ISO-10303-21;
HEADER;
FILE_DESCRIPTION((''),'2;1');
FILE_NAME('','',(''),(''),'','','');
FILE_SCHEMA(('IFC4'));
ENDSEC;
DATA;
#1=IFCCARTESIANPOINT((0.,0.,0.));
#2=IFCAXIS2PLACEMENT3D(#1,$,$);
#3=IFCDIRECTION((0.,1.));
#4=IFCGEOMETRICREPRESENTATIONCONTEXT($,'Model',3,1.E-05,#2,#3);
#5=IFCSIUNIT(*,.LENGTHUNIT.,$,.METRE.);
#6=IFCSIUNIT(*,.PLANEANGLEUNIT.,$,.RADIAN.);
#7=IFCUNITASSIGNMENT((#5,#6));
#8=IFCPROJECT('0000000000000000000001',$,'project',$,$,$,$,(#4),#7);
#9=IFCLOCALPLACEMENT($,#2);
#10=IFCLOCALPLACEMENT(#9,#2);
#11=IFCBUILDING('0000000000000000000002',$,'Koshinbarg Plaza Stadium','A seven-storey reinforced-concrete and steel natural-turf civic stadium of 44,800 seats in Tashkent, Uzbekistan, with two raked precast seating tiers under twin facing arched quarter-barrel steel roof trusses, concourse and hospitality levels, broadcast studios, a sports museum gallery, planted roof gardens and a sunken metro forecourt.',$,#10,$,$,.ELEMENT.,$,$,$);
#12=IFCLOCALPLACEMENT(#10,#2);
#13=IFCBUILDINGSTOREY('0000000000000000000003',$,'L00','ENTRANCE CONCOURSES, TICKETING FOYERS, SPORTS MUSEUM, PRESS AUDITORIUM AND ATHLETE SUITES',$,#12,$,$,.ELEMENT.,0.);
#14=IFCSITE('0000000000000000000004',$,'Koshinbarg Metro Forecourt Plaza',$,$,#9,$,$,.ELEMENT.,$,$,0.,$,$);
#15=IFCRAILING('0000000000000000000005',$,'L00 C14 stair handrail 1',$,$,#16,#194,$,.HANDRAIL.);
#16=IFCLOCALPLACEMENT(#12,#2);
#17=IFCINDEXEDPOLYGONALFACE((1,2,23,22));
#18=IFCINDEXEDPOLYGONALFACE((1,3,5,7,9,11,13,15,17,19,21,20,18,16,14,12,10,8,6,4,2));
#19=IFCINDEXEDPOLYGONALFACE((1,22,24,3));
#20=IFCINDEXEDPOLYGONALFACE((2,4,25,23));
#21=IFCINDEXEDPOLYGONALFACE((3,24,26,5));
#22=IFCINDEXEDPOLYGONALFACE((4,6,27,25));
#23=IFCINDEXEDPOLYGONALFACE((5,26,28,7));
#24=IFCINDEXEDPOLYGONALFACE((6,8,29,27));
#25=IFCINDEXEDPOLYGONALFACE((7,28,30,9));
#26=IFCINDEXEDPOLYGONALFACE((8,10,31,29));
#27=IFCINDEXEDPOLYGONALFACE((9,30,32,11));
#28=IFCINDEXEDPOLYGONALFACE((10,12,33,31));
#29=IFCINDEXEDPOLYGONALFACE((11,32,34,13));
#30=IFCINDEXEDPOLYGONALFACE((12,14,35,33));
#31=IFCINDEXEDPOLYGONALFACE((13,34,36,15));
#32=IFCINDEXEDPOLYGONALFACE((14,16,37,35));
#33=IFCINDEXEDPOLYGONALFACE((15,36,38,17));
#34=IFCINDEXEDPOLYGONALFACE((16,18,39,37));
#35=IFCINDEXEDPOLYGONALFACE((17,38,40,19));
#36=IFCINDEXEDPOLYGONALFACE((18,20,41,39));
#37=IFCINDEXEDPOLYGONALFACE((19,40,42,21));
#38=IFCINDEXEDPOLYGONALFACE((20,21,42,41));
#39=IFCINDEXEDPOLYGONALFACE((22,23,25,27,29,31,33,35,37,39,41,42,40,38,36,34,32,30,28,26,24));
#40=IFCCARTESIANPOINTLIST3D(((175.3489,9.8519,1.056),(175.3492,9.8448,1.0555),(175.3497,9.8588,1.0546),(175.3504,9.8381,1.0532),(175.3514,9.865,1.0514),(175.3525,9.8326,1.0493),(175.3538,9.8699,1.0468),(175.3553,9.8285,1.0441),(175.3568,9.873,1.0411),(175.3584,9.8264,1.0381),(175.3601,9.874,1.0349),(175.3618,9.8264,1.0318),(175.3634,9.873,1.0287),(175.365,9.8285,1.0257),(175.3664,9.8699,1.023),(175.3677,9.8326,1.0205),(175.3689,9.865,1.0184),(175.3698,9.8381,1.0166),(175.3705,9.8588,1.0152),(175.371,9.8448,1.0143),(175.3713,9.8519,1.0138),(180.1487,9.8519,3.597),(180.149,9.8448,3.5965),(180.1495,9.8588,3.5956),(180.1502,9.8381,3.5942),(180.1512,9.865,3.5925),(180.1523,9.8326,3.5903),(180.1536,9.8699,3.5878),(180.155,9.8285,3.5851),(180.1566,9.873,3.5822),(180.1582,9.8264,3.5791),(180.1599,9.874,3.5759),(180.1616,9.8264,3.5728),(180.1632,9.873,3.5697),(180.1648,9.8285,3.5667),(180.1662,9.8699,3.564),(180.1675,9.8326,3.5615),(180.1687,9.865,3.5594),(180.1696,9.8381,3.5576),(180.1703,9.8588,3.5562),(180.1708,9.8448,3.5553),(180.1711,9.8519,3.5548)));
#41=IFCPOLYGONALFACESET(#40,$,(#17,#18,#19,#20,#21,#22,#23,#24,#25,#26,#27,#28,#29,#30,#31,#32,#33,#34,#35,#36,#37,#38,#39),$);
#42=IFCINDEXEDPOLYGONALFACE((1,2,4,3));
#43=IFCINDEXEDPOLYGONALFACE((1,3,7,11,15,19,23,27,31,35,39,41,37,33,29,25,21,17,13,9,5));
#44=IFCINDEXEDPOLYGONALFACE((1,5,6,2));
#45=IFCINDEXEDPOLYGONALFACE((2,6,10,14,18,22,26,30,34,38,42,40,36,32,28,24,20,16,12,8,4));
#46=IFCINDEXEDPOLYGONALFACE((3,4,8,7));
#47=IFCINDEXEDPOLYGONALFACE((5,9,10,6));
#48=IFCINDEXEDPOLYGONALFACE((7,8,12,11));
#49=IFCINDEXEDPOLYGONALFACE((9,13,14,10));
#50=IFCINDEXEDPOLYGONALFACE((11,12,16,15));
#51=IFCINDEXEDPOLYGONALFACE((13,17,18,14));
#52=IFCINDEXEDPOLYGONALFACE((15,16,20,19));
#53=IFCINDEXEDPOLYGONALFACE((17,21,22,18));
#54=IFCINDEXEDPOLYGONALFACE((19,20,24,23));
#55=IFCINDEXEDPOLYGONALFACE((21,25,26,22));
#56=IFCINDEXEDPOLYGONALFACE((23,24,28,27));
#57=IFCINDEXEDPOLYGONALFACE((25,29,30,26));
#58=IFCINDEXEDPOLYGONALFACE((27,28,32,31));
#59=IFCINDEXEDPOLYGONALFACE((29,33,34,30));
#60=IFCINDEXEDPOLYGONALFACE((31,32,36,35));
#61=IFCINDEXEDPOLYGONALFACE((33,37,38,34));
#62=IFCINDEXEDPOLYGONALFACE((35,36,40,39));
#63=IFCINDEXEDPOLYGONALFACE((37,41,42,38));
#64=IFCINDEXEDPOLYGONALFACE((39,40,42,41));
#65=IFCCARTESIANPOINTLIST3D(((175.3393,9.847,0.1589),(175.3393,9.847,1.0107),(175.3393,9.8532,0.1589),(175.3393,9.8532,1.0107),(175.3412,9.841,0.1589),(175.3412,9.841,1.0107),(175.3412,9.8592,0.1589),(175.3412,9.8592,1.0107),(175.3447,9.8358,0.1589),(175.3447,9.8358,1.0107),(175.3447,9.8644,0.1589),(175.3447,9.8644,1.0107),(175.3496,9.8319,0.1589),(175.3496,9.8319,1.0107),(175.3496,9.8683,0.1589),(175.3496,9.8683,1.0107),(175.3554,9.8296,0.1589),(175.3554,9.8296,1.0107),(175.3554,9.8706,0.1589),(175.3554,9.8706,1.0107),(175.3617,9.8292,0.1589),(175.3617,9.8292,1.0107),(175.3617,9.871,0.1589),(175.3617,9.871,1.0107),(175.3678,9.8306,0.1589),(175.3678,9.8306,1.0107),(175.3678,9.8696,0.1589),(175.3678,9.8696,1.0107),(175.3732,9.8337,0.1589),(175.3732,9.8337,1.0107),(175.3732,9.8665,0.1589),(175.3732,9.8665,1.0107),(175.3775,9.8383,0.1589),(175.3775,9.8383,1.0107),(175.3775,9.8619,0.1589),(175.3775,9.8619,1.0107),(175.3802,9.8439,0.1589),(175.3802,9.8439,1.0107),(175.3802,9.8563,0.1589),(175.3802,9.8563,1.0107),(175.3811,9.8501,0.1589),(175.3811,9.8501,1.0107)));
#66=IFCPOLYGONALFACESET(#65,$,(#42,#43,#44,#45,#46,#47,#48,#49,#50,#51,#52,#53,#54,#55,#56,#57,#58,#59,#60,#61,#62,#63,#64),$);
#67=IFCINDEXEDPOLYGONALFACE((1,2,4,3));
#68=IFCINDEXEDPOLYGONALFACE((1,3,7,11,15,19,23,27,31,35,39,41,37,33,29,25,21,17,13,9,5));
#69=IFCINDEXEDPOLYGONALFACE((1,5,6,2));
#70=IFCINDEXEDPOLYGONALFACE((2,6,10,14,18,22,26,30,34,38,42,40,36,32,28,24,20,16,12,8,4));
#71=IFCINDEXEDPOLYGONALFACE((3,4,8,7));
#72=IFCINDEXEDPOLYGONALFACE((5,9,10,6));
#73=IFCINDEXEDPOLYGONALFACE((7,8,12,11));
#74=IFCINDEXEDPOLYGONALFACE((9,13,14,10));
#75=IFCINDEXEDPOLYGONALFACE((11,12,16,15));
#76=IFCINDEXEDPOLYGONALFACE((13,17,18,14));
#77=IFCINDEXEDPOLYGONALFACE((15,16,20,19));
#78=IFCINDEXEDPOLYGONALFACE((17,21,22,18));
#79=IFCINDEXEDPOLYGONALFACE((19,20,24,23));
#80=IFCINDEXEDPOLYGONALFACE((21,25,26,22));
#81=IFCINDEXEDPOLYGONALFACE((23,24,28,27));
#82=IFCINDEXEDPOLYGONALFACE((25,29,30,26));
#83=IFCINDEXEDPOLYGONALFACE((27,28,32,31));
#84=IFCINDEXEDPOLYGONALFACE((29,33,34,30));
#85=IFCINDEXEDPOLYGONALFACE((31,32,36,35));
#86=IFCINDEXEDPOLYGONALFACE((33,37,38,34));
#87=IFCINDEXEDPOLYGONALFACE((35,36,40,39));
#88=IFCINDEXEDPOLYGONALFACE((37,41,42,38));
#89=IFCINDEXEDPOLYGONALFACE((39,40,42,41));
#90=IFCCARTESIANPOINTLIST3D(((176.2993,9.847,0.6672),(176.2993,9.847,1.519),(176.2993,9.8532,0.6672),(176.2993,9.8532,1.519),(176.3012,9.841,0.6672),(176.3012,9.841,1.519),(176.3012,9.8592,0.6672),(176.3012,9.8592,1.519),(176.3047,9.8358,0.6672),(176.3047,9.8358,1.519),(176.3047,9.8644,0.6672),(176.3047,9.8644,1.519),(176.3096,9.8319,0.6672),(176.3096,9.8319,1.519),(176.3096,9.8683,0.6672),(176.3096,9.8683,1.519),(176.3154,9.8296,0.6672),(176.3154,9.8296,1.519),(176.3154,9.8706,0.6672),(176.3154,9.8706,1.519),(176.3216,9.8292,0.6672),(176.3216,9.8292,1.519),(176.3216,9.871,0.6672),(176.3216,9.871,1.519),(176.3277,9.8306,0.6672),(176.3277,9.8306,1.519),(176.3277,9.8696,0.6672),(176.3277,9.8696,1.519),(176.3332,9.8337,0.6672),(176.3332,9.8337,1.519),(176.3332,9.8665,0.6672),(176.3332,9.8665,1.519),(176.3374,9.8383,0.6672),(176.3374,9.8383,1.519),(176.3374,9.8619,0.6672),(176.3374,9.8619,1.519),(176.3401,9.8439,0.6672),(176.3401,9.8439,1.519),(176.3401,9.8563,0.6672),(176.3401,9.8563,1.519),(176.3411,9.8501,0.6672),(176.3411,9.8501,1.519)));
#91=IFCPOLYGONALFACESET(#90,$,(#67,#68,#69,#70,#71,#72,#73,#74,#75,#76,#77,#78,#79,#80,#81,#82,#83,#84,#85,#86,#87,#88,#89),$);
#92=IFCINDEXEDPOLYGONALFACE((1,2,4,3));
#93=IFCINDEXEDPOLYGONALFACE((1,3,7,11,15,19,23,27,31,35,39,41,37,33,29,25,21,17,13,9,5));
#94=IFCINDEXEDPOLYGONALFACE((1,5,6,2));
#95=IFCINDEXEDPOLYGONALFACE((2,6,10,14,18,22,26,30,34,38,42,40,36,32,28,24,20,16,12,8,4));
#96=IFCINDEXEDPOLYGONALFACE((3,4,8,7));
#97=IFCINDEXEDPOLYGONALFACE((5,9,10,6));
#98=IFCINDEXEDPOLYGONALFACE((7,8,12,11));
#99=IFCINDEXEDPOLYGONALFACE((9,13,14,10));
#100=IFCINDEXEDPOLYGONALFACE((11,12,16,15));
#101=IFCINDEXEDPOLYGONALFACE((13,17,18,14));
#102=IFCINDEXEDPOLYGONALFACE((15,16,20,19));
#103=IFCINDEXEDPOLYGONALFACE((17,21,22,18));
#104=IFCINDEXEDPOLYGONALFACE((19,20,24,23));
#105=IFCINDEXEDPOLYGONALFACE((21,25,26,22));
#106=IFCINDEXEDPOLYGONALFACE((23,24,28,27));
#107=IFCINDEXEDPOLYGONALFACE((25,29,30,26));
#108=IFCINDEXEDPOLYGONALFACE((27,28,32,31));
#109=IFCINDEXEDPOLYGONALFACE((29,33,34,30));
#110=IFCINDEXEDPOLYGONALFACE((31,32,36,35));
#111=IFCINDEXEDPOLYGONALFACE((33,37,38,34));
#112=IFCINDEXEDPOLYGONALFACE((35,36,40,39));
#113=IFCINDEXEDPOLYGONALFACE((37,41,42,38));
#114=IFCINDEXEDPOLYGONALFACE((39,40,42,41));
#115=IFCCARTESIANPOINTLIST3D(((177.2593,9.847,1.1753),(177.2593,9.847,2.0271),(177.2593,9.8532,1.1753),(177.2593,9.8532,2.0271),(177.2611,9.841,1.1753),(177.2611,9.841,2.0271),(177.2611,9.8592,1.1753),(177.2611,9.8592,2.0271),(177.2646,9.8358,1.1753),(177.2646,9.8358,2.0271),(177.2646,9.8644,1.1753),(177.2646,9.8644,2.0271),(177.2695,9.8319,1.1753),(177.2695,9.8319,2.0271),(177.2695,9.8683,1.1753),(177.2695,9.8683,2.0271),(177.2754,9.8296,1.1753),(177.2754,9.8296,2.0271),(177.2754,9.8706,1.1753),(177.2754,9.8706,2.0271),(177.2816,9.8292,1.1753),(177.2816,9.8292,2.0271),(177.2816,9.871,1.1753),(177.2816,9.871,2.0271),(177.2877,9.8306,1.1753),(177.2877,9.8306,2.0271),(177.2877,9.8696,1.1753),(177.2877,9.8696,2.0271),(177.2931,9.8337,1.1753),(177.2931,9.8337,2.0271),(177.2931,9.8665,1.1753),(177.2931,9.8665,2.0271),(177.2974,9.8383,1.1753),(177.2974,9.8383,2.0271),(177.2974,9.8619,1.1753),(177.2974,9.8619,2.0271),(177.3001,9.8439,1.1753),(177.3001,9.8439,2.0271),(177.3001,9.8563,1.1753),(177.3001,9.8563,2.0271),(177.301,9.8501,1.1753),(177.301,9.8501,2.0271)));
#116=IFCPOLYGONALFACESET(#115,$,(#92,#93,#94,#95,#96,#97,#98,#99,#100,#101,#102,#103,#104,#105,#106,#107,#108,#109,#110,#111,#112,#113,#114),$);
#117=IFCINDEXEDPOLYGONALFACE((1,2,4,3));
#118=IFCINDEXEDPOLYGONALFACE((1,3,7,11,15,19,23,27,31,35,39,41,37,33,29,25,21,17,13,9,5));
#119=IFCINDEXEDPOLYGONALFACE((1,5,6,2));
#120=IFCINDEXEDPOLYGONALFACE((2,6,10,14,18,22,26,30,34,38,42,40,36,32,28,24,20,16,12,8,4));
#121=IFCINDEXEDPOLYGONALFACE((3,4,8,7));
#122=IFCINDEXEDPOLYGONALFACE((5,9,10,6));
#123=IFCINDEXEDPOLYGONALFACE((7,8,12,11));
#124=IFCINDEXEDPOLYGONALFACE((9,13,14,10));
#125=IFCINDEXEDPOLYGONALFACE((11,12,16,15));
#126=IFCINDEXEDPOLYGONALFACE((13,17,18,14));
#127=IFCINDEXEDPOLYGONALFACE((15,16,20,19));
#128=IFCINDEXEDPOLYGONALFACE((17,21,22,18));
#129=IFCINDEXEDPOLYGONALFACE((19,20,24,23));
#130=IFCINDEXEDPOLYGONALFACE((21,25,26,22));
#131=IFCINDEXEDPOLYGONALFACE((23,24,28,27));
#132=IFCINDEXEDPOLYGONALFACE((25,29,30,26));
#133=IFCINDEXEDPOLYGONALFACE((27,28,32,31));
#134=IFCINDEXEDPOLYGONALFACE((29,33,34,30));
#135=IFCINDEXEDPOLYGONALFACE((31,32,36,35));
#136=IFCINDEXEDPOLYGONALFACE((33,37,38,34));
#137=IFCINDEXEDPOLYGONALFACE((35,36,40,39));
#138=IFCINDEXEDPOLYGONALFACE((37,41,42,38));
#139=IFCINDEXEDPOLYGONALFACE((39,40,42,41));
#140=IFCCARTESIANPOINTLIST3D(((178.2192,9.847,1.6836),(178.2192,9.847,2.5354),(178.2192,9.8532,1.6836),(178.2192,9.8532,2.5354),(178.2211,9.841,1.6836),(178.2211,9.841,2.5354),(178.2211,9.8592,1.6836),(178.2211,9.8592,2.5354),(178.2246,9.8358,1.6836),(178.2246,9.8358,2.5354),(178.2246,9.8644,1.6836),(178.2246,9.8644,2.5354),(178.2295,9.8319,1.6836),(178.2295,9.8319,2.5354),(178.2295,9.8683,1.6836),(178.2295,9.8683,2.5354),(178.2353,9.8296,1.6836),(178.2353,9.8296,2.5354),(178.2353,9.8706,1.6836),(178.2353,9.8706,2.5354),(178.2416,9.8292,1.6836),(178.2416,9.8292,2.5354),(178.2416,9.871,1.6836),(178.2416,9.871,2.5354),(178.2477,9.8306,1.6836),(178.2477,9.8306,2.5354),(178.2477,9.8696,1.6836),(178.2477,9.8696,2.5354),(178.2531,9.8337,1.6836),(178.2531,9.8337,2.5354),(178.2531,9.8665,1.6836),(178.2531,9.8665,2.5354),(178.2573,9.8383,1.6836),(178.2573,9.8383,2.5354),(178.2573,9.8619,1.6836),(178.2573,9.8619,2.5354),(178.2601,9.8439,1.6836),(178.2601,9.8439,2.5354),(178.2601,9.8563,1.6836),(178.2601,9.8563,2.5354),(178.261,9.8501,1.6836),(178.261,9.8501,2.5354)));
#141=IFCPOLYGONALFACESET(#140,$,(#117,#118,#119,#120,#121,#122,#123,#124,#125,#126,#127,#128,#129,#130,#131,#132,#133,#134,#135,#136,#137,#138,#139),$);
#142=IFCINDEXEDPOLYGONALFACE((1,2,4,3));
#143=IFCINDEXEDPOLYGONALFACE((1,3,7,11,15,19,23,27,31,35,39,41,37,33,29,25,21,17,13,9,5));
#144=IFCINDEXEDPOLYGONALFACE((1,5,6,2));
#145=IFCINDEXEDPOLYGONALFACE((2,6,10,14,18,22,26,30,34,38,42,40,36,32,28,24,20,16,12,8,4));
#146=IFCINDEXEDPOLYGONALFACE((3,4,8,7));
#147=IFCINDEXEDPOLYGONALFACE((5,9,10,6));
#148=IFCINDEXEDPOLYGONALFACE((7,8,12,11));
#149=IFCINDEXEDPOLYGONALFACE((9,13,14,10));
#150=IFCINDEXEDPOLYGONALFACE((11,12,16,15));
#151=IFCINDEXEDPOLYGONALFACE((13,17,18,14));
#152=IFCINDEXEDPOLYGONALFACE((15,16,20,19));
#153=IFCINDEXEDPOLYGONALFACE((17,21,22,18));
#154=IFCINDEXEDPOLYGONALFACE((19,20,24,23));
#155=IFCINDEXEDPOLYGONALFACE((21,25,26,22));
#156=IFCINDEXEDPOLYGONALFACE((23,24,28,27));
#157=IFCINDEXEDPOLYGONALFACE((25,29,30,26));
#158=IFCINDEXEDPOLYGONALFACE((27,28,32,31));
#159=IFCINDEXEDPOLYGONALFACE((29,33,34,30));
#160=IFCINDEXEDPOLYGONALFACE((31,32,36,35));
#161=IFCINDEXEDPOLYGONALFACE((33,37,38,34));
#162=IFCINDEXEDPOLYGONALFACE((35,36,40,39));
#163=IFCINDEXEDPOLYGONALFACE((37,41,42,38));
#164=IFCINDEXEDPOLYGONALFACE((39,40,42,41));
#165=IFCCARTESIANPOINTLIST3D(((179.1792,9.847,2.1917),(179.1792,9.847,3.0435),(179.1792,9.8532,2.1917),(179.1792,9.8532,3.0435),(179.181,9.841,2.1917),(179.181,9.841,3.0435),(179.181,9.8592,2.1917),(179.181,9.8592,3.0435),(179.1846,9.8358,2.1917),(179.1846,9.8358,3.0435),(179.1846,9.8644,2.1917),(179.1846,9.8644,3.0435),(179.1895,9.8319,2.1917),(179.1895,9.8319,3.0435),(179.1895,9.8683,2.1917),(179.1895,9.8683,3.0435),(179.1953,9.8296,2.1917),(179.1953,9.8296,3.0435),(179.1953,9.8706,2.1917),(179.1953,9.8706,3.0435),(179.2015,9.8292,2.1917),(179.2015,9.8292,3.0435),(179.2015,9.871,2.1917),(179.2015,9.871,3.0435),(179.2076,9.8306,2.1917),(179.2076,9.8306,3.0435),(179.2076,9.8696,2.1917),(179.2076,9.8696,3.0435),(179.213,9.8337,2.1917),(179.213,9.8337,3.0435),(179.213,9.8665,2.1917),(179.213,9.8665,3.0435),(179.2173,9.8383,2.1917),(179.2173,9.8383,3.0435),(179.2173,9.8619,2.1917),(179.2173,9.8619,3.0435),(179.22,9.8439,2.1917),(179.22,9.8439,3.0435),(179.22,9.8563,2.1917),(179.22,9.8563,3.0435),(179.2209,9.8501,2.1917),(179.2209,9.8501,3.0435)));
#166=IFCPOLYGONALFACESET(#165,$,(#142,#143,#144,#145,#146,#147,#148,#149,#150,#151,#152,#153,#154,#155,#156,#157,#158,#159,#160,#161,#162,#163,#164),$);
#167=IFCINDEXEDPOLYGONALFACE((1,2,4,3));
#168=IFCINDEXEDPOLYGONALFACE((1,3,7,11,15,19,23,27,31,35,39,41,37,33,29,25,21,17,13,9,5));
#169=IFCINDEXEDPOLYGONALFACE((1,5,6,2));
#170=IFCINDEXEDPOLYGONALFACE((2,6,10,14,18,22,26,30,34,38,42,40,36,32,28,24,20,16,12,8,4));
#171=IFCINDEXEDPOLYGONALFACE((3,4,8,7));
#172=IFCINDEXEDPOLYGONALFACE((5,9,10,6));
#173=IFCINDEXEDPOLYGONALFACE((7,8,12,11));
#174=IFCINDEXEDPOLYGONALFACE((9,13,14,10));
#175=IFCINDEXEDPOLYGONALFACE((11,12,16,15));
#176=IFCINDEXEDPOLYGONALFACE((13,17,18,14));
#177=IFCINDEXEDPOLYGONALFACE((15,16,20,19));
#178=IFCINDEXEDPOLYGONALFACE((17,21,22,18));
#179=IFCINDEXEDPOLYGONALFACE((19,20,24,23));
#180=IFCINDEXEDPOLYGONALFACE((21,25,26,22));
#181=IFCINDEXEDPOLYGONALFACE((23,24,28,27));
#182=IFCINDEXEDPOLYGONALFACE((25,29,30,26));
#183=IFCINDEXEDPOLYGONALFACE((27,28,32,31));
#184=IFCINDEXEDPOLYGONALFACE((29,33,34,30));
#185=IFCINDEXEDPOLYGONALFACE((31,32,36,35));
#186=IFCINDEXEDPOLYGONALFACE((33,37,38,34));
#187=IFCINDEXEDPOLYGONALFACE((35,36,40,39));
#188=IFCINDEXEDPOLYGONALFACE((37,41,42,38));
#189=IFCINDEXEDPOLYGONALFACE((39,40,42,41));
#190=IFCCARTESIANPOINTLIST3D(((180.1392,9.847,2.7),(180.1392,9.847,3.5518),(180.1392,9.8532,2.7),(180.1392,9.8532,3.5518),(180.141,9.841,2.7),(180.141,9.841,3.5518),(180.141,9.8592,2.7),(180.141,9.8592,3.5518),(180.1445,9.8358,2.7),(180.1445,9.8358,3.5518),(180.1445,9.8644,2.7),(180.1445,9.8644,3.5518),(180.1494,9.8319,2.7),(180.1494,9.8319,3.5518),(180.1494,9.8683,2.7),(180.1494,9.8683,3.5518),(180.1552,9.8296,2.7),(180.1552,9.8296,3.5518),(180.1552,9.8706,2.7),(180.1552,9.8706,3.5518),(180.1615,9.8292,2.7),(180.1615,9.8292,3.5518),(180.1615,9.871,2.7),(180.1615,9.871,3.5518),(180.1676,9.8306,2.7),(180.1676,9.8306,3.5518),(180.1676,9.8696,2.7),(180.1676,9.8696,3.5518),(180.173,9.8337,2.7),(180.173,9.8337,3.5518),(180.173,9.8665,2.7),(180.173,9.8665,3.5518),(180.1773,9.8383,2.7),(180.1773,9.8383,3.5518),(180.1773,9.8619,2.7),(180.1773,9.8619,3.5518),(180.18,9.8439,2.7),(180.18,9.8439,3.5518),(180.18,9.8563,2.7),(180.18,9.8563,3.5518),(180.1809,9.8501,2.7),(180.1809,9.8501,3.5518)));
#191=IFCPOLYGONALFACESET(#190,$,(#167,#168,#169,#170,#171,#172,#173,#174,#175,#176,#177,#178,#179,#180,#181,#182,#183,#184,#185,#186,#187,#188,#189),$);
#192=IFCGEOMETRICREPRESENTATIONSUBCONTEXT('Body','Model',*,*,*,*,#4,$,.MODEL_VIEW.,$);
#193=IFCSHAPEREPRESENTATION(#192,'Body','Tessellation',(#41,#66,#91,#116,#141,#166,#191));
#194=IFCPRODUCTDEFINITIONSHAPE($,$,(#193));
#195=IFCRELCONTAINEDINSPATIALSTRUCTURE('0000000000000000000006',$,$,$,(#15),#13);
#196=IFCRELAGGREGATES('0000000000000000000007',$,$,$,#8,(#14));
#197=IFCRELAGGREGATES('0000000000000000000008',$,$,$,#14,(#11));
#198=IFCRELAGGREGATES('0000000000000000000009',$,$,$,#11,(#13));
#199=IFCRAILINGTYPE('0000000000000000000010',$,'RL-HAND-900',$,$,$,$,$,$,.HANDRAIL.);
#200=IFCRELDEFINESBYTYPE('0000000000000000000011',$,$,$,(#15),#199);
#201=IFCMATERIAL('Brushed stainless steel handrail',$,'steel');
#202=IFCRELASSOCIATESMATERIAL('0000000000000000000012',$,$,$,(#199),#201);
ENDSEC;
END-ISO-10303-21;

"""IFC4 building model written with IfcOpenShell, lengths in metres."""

from ifc_helpers import new_model, si_unit, direction, frame, origin, origin_2d, place, context, subcontext, project, spatial, circle, extrude, material, type_object, element, save


model = new_model("IFC4")

# Units and contexts
model_context = context("Model", 3, precision=1e-05, world=origin(), true_north=direction((0.0, 1.0)))
body_context = subcontext(model_context, "Body", "Model", "MODEL_VIEW")
ifc_project = project(units=[si_unit("LENGTHUNIT", "METRE"), si_unit("PLANEANGLEUNIT", "RADIAN")], contexts=[model_context])

# Site, building, storey
site_placement = place(None, origin())
site = spatial("IfcSite", under=ifc_project, at=site_placement, Name="Koshinbarg Metro Forecourt Plaza", CompositionType="ELEMENT", RefElevation=0.0)
building_placement = place(site_placement, origin())
building = spatial("IfcBuilding", under=site, at=building_placement, Name="Koshinbarg Plaza Stadium", Description="A seven-storey reinforced-concrete and steel natural-turf civic stadium of 44,800 seats in Tashkent, Uzbekistan, with two raked precast seating tiers under twin facing arched quarter-barrel steel roof trusses, concourse and hospitality levels, broadcast studios, a sports museum gallery, planted roof gardens and a sunken metro forecourt.", CompositionType="ELEMENT")
storey_placement = place(building_placement, origin())
storey = spatial("IfcBuildingStorey", under=building, at=storey_placement, Name="L00", Description="ENTRANCE CONCOURSES, TICKETING FOYERS, SPORTS MUSEUM, PRESS AUDITORIUM AND ATHLETE SUITES", CompositionType="ELEMENT", Elevation=0.0)

# Railing
ifc_material_1 = material(Name="Brushed stainless steel handrail", Category="steel")
railing_type_1 = type_object("IfcRailingType", Name="RL-HAND-900", PredefinedType="HANDRAIL", material=ifc_material_1)
railing_1_placement = place(storey_placement, frame((175.3601, 9.8501, 0.1589)))
element("IfcRailing", 1, at=railing_1_placement, inside=storey, type_object=railing_type_1, Name="L00 C14 stair handrail 1", PredefinedType="HANDRAIL", context=body_context, shape_type="SweptSolid", body=[
    extrude(circle(Radius=0.0239, at=origin_2d()), frame((0.0, 0.0, 0.876), z_axis=(0.883792, 0.0, 0.467879), x_axis=(0.0, 1.0, 0.0)), (0.0, 0.0, 1.0), 5.4309),
    extrude(circle(Radius=0.021, at=origin_2d()), origin(), (0.0, 0.0, 1.0), 0.8518),
    extrude(circle(Radius=0.021, at=origin_2d()), frame((0.96, 0.0, 0.5083)), (0.0, 0.0, 1.0), 0.8518),
    extrude(circle(Radius=0.021, at=origin_2d()), frame((1.9199, 0.0, 1.0164)), (0.0, 0.0, 1.0), 0.8518),
    extrude(circle(Radius=0.021, at=origin_2d()), frame((2.8799, 0.0, 1.5247)), (0.0, 0.0, 1.0), 0.8518),
    extrude(circle(Radius=0.021, at=origin_2d()), frame((3.8398, 0.0, 2.0327)), (0.0, 0.0, 1.0), 0.8518),
    extrude(circle(Radius=0.021, at=origin_2d()), frame((4.7998, 0.0, 2.541)), (0.0, 0.0, 1.0), 0.8518),
])

save(model, "model.ifc")
